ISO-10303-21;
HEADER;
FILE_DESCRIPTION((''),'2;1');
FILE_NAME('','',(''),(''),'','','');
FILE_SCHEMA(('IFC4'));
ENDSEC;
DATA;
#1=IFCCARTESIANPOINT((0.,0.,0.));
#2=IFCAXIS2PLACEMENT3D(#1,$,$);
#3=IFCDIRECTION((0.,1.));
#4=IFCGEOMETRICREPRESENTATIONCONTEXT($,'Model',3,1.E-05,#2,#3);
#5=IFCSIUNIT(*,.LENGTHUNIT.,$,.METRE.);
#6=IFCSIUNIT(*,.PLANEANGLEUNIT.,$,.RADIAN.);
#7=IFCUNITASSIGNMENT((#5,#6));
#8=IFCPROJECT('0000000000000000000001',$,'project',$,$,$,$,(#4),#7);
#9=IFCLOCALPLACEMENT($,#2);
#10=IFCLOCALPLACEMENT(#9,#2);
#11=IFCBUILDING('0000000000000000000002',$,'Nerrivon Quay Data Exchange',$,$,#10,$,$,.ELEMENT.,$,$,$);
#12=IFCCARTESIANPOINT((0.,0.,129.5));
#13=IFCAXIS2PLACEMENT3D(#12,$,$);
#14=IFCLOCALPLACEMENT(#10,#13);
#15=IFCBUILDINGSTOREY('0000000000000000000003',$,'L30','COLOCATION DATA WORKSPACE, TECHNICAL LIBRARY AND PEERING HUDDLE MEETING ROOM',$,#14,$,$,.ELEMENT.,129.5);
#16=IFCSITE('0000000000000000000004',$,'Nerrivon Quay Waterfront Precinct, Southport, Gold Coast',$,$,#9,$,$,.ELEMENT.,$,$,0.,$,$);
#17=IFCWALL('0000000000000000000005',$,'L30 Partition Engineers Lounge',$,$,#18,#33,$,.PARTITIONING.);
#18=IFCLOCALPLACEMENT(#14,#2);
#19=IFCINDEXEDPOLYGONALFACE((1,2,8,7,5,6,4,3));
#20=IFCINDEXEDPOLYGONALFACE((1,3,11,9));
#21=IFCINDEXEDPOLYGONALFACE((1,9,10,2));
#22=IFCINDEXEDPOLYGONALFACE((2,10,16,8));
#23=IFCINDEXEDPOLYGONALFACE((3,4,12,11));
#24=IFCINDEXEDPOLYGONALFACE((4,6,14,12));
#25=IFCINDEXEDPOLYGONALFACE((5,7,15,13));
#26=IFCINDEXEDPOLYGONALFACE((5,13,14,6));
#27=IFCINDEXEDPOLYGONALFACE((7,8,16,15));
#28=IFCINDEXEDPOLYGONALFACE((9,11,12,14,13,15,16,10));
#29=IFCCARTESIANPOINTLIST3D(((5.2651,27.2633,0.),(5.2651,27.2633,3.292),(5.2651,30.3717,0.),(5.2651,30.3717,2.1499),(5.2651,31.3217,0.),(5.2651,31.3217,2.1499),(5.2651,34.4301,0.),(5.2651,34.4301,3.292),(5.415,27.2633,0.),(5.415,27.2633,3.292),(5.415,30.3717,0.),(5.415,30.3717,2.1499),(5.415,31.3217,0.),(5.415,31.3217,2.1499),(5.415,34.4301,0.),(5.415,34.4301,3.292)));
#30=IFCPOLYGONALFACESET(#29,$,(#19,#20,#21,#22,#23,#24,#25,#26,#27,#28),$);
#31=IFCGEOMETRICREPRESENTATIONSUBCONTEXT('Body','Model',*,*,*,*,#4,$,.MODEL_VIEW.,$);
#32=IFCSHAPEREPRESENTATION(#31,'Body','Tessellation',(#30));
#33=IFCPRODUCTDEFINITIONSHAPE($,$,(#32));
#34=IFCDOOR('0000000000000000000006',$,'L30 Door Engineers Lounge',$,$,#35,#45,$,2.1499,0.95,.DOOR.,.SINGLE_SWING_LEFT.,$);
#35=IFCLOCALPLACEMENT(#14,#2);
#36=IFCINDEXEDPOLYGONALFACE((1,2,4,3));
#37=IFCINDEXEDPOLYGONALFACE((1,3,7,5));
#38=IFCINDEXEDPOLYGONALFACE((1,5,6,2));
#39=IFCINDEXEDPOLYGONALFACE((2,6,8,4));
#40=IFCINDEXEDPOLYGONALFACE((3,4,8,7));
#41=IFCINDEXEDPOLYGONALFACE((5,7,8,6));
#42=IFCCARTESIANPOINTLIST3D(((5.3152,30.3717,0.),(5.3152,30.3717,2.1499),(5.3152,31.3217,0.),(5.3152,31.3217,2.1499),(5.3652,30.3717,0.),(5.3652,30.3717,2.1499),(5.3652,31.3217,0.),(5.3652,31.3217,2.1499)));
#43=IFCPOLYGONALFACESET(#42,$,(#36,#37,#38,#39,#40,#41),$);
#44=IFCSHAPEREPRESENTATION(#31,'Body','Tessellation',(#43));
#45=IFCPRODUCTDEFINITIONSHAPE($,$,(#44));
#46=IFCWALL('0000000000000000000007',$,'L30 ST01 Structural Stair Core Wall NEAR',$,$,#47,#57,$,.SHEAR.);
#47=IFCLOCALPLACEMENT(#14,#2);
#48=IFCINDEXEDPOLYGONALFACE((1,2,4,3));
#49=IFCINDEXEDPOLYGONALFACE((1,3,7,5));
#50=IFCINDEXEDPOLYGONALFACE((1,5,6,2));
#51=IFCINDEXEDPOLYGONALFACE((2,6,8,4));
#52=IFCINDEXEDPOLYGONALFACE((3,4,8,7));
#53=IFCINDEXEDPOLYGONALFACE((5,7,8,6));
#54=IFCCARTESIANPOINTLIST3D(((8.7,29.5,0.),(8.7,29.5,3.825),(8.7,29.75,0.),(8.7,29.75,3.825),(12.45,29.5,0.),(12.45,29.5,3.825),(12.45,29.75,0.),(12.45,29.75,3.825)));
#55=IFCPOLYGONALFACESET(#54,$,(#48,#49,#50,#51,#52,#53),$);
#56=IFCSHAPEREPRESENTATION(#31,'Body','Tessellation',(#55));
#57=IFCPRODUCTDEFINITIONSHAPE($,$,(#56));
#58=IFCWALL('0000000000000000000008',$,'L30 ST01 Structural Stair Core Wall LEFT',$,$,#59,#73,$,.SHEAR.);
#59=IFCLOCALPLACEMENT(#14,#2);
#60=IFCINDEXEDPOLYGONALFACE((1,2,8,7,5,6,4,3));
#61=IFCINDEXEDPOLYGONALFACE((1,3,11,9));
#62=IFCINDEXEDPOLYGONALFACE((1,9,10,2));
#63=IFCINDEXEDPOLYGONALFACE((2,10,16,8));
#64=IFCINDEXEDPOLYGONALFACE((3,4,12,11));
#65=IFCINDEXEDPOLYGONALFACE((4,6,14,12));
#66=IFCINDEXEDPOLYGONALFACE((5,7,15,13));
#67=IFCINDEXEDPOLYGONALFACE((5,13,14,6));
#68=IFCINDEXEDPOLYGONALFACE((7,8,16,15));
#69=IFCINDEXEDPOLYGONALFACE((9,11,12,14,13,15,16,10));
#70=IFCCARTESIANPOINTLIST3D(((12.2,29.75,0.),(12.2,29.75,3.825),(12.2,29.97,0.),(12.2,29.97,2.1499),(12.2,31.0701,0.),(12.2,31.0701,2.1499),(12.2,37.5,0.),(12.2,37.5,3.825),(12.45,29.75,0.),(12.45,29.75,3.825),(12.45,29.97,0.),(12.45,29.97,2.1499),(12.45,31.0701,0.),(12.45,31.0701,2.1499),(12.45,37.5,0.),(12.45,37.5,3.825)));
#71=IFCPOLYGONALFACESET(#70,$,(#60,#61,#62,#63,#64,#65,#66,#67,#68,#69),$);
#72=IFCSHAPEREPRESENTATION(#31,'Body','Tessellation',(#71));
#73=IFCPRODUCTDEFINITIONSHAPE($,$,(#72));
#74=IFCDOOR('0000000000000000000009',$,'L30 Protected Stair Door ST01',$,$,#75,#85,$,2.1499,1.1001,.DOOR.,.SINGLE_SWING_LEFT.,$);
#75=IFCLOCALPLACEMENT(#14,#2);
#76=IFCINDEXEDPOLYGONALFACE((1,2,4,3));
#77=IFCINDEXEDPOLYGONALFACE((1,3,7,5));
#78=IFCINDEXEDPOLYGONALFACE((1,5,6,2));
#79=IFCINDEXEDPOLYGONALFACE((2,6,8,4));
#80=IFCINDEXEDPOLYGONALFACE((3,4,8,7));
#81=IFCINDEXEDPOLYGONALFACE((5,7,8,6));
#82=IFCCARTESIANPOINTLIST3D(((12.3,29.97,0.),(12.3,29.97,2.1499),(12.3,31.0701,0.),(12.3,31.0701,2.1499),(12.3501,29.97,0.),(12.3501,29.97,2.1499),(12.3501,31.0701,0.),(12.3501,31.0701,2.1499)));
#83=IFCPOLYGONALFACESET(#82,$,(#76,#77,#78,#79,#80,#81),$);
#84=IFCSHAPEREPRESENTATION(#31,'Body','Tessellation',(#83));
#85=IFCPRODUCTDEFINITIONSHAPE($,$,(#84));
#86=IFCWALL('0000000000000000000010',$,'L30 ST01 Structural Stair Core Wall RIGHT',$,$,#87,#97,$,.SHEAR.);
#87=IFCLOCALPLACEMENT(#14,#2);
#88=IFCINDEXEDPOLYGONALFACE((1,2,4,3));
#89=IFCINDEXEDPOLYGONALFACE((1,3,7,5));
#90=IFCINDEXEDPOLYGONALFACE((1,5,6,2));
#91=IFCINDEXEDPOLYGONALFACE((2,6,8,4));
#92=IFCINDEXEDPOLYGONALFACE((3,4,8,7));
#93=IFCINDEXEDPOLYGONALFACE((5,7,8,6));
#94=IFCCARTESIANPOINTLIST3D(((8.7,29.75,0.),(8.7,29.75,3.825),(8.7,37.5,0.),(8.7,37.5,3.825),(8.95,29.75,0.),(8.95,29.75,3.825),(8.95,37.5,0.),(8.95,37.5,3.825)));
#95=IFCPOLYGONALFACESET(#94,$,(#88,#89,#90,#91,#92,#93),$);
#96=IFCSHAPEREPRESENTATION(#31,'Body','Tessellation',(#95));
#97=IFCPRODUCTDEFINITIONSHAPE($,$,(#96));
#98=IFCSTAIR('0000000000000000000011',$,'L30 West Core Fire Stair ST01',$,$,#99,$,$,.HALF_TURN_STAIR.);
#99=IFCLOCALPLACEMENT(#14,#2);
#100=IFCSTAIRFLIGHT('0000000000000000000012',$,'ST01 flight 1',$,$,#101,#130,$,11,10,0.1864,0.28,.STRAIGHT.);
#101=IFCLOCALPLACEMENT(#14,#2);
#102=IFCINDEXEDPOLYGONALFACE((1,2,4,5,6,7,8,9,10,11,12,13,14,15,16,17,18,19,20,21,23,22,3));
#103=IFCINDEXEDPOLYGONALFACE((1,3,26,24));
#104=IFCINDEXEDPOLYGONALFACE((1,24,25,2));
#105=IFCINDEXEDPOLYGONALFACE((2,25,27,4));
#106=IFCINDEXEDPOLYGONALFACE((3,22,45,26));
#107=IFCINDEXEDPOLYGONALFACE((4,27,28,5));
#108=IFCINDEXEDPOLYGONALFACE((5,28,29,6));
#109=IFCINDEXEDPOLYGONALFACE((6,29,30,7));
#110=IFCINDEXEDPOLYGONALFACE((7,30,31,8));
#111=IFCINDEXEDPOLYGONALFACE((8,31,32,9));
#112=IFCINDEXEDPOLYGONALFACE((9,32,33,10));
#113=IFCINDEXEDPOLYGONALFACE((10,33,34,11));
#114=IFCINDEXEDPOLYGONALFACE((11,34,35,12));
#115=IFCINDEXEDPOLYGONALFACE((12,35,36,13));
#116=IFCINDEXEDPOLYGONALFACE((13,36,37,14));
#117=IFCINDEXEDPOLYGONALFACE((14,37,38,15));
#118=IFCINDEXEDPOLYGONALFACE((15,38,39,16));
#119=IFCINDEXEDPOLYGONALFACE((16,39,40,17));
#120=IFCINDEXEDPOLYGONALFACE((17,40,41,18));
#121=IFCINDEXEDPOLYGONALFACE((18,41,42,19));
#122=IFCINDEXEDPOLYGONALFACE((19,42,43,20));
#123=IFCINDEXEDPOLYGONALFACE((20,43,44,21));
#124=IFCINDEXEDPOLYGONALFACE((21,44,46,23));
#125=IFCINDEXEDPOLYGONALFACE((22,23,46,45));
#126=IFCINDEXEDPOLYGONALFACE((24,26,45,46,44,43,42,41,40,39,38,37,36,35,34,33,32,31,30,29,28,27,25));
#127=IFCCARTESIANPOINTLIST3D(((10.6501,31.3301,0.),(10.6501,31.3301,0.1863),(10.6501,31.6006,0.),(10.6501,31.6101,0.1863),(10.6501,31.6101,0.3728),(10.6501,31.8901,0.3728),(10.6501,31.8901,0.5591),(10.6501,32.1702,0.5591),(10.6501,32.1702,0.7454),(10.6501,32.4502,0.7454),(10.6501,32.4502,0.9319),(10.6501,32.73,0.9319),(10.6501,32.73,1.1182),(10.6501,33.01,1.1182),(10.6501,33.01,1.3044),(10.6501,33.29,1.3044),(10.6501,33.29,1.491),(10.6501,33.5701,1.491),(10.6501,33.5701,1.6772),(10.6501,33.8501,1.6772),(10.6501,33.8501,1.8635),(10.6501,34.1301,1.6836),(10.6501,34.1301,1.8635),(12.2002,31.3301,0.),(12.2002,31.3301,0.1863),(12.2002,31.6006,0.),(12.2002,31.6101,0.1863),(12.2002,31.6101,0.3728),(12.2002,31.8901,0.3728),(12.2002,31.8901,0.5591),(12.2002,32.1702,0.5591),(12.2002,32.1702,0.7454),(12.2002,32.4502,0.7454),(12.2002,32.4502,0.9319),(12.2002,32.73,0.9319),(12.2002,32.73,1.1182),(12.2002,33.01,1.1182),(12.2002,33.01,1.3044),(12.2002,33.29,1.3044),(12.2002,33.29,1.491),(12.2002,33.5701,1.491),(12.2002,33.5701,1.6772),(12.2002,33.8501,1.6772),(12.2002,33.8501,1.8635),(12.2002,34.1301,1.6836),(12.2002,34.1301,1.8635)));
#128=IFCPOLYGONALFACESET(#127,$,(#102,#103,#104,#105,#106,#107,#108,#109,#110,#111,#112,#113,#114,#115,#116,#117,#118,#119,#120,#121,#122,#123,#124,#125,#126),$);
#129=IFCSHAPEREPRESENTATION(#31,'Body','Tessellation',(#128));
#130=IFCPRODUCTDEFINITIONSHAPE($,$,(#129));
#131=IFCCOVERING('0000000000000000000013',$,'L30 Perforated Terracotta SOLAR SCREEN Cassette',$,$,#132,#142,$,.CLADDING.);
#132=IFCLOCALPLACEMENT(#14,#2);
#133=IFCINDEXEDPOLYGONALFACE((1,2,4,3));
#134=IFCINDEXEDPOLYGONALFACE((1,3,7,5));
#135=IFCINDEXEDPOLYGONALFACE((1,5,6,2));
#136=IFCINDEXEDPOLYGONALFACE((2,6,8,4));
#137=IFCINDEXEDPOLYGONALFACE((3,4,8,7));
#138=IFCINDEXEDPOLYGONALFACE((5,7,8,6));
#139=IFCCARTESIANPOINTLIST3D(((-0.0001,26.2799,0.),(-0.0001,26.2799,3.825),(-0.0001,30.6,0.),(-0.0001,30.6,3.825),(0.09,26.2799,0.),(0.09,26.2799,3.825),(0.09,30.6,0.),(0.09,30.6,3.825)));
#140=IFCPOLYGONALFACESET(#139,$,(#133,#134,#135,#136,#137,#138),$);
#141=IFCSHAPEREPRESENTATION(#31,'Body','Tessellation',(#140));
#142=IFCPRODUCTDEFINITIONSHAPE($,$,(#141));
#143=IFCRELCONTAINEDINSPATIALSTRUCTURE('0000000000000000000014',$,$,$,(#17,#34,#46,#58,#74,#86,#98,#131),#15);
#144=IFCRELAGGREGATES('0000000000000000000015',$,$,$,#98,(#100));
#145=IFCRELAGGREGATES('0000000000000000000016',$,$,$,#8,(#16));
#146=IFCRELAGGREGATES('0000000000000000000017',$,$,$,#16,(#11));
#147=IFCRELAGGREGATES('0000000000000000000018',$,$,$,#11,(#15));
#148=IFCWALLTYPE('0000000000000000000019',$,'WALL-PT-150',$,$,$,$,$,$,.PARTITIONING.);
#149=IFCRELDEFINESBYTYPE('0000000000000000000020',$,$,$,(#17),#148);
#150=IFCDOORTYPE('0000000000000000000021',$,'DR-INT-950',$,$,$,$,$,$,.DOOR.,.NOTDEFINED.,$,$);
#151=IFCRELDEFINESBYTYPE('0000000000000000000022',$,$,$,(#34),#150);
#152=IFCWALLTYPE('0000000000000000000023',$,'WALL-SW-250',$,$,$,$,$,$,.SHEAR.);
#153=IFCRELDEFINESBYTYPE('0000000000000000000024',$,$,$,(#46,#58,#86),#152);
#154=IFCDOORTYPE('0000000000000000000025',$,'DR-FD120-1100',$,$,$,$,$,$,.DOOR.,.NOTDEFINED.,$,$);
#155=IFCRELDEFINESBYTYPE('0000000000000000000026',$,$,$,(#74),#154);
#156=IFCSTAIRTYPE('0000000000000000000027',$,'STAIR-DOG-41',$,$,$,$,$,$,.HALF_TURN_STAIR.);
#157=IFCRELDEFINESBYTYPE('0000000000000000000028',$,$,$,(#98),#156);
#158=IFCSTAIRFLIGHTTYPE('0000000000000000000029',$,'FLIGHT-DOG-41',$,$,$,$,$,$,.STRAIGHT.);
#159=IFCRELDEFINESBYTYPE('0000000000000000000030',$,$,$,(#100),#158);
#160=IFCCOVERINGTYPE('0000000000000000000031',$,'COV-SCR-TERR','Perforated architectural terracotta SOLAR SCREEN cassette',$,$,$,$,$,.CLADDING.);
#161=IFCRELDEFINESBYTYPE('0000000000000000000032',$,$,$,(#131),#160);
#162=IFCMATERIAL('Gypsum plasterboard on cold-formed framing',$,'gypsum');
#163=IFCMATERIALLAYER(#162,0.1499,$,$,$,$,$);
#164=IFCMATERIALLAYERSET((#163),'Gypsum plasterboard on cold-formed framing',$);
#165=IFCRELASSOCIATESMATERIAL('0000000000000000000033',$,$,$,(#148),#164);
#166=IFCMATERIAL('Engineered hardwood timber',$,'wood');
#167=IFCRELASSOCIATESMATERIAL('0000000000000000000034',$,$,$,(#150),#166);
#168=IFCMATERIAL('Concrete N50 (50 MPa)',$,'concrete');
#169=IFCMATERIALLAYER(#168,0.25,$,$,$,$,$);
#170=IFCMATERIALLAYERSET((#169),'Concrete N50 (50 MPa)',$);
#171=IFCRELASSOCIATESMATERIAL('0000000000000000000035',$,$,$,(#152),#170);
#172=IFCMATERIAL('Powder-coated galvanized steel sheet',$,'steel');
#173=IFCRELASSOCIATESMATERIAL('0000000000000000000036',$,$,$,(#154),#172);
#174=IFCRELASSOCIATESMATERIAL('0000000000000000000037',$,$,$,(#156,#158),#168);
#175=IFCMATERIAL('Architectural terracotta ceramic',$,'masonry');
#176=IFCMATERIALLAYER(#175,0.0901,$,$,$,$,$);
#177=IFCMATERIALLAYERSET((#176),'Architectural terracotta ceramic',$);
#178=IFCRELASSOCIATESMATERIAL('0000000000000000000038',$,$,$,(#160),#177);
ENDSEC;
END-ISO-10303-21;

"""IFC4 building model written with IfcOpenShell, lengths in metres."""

from ifc_helpers import new_model, si_unit, direction, frame, frame_2d, origin, origin_2d, place, context, subcontext, project, spatial, polyline, rectangle, outline, extrude, material, layer, layer_set, type_object, element, fill, aggregate, save


model = new_model("IFC4")

# Units and contexts
model_context = context("Model", 3, precision=1e-05, world=origin(), true_north=direction((0.0, 1.0)))
body_context = subcontext(model_context, "Body", "Model", "MODEL_VIEW")
ifc_project = project(units=[si_unit("LENGTHUNIT", "METRE"), si_unit("PLANEANGLEUNIT", "RADIAN")], contexts=[model_context])

# Site, building, storey
site_placement = place(None, origin())
site = spatial("IfcSite", under=ifc_project, at=site_placement, Name="Nerrivon Quay Waterfront Precinct, Southport, Gold Coast", CompositionType="ELEMENT", RefElevation=0.0)
building_placement = place(site_placement, origin())
building = spatial("IfcBuilding", under=site, at=building_placement, Name="Nerrivon Quay Data Exchange", CompositionType="ELEMENT")
storey_placement = place(building_placement, frame((0.0, 0.0, 129.5)))
storey = spatial("IfcBuildingStorey", under=building, at=storey_placement, Name="L30", Description="COLOCATION DATA WORKSPACE, TECHNICAL LIBRARY AND PEERING HUDDLE MEETING ROOM", CompositionType="ELEMENT", Elevation=129.5)

# Shared definitions
ifc_material_1 = material(Name="Gypsum plasterboard on cold-formed framing", Category="gypsum")
ifc_material_2 = material(Name="Powder-coated galvanized steel sheet", Category="steel")

# Wall, opening, door
ifc_material_3 = material(Name="Engineered hardwood timber", Category="wood")
ifc_layer_1 = layer(ifc_material_1, 0.1499)
ifc_layer_set_1 = layer_set([ifc_layer_1], Name="Gypsum plasterboard on cold-formed framing")
wall_type_1 = type_object("IfcWallType", Name="WALL-PT-150", PredefinedType="PARTITIONING", material=ifc_layer_set_1)
wall_1_placement = place(storey_placement, frame((5.3401, 27.2632, 0.0), z_axis=(0.0, 0.0, 1.0), x_axis=(0.0, 1.0, 0.0)))
wall_1 = element("IfcWall", 1, at=wall_1_placement, inside=storey, type_object=wall_type_1, Name="L30 Partition Engineers Lounge", PredefinedType="PARTITIONING", context=body_context, shape_type="SweptSolid", body=[
    extrude(rectangle(XDim=7.1667, YDim=0.1499, at=frame_2d((3.5835, 0.0))), origin(), (0.0, 0.0, 1.0), 3.292),
])
opening_1_placement = place(wall_1_placement, frame((3.1084, 0.0, 0.0)))
opening_1 = element("IfcOpeningElement", 2, at=opening_1_placement, cuts=wall_1, PredefinedType="OPENING", context=body_context, shape_type="SweptSolid", body=[
    extrude(rectangle(XDim=0.95, YDim=2.1499, at=frame_2d((0.4751, 1.075))), frame((0.0, 0.085, 0.0), z_axis=(0.0, -1.0, 0.0), x_axis=(1.0, 0.0, 0.0)), (0.0, 0.0, 1.0), 0.1699),
])
door_type_1 = type_object("IfcDoorType", Name="DR-INT-950", OperationType="NOTDEFINED", PredefinedType="DOOR", material=ifc_material_3)
door_1_placement = place(opening_1_placement, origin())
door_1 = element("IfcDoor", 3, at=door_1_placement, inside=storey, type_object=door_type_1, Name="L30 Door Engineers Lounge", OperationType="SINGLE_SWING_LEFT", OverallHeight=2.1499, OverallWidth=0.95, PredefinedType="DOOR", context=body_context, shape_type="SweptSolid", body=[
    extrude(rectangle(XDim=0.95, YDim=2.1499, at=frame_2d((0.4751, 1.075))), frame((0.0, 0.0249, 0.0), z_axis=(0.0, -1.0, 0.0), x_axis=(1.0, 0.0, 0.0)), (0.0, 0.0, 1.0), 0.05),
])
fill(opening_1, door_1)

# Wall
ifc_material_4 = material(Name="Concrete N50 (50 MPa)", Category="concrete")
ifc_layer_2 = layer(ifc_material_4, 0.25)
ifc_layer_set_2 = layer_set([ifc_layer_2], Name="Concrete N50 (50 MPa)")
wall_type_2 = type_object("IfcWallType", Name="WALL-SW-250", PredefinedType="SHEAR", material=ifc_layer_set_2)
wall_2_placement = place(storey_placement, frame((12.45, 29.625, 0.0), z_axis=(0.0, 0.0, 1.0), x_axis=(-1.0, 0.0, 0.0)))
element("IfcWall", 4, at=wall_2_placement, inside=storey, type_object=wall_type_2, Name="L30 ST01 Structural Stair Core Wall NEAR", PredefinedType="SHEAR", context=body_context, shape_type="SweptSolid", body=[
    extrude(rectangle(XDim=3.75, YDim=0.25, at=frame_2d((1.875, 0.0))), origin(), (0.0, 0.0, 1.0), 3.825),
])

# Wall, opening, door
wall_3_placement = place(storey_placement, frame((12.325, 29.75, 0.0), z_axis=(0.0, 0.0, 1.0), x_axis=(0.0, 1.0, 0.0)))
wall_3 = element("IfcWall", 5, at=wall_3_placement, inside=storey, type_object=wall_type_2, Name="L30 ST01 Structural Stair Core Wall LEFT", PredefinedType="SHEAR", context=body_context, shape_type="SweptSolid", body=[
    extrude(rectangle(XDim=7.75, YDim=0.25, at=frame_2d((3.875, 0.0))), origin(), (0.0, 0.0, 1.0), 3.825),
])
opening_2_placement = place(wall_3_placement, frame((0.22, 0.0, 0.0)))
opening_2 = element("IfcOpeningElement", 6, at=opening_2_placement, cuts=wall_3, PredefinedType="OPENING", context=body_context, shape_type="SweptSolid", body=[
    extrude(rectangle(XDim=1.1001, YDim=2.1499, at=frame_2d((0.55, 1.075))), frame((0.0, 0.135, 0.0), z_axis=(0.0, -1.0, 0.0), x_axis=(1.0, 0.0, 0.0)), (0.0, 0.0, 1.0), 0.27),
])
door_type_2 = type_object("IfcDoorType", Name="DR-FD120-1100", OperationType="NOTDEFINED", PredefinedType="DOOR", material=ifc_material_2)
door_2_placement = place(opening_2_placement, origin())
door_2 = element("IfcDoor", 7, at=door_2_placement, inside=storey, type_object=door_type_2, Name="L30 Protected Stair Door ST01", OperationType="SINGLE_SWING_LEFT", OverallHeight=2.1499, OverallWidth=1.1001, PredefinedType="DOOR", context=body_context, shape_type="SweptSolid", body=[
    extrude(rectangle(XDim=1.1001, YDim=2.1499, at=frame_2d((0.55, 1.075))), frame((0.0, 0.0249, 0.0), z_axis=(0.0, -1.0, 0.0), x_axis=(1.0, 0.0, 0.0)), (0.0, 0.0, 1.0), 0.05),
])
fill(opening_2, door_2)

# Wall
wall_4_placement = place(storey_placement, frame((8.825, 29.75, 0.0), z_axis=(0.0, 0.0, 1.0), x_axis=(0.0, 1.0, 0.0)))
element("IfcWall", 8, at=wall_4_placement, inside=storey, type_object=wall_type_2, Name="L30 ST01 Structural Stair Core Wall RIGHT", PredefinedType="SHEAR", context=body_context, shape_type="SweptSolid", body=[
    extrude(rectangle(XDim=7.75, YDim=0.25, at=frame_2d((3.875, 0.0))), origin(), (0.0, 0.0, 1.0), 3.825),
])

# Stair, stair flight
stair_type = type_object("IfcStairType", Name="STAIR-DOG-41", PredefinedType="HALF_TURN_STAIR", material=ifc_material_4)
stair_placement = place(storey_placement, origin())
stair = element("IfcStair", 9, at=stair_placement, inside=storey, type_object=stair_type, Name="L30 West Core Fire Stair ST01", PredefinedType="HALF_TURN_STAIR")
stair_flight_type = type_object("IfcStairFlightType", Name="FLIGHT-DOG-41", PredefinedType="STRAIGHT", material=ifc_material_4)
stair_flight_placement = place(storey_placement, frame((11.425, 31.3301, 0.0), z_axis=(0.0, 0.0, 1.0), x_axis=(0.0, 1.0, 0.0)))
stair_flight = element("IfcStairFlight", 10, at=stair_flight_placement, type_object=stair_flight_type, Name="ST01 flight 1", NumberOfRisers=11, NumberOfTreads=10, PredefinedType="STRAIGHT", RiserHeight=0.1864, TreadLength=0.28, context=body_context, shape_type="SweptSolid", body=[
    extrude(outline(polyline([(0.0, 0.0), (0.0, 0.1863), (0.28, 0.1863), (0.28, 0.3728), (0.5601, 0.3728), (0.5601, 0.5591), (0.8401, 0.5591), (0.8401, 0.7454), (1.1201, 0.7454), (1.1201, 0.9319), (1.3999, 0.9319), (1.3999, 1.1182), (1.6799, 1.1182), (1.6799, 1.3044), (1.96, 1.3044), (1.96, 1.491), (2.24, 1.491), (2.24, 1.6772), (2.52, 1.6772), (2.52, 1.8635), (2.8, 1.8635), (2.8, 2.05), (2.8, 1.6836), (0.2705, 0.0), (0.0, 0.0)])), frame((0.0, 0.7749, 0.0), z_axis=(0.0, -1.0, 0.0), x_axis=(1.0, 0.0, 0.0)), (0.0, 0.0, 1.0), 1.55),
])
aggregate(stair, [stair_flight])

# Covering
ifc_material_5 = material(Name="Architectural terracotta ceramic", Category="masonry")
ifc_layer_3 = layer(ifc_material_5, 0.0901)
ifc_layer_set_3 = layer_set([ifc_layer_3], Name="Architectural terracotta ceramic")
covering_type = type_object("IfcCoveringType", Name="COV-SCR-TERR", Description="Perforated architectural terracotta SOLAR SCREEN cassette", PredefinedType="CLADDING", material=ifc_layer_set_3)
covering_placement = place(storey_placement, frame((0.0449, 28.4399, 0.0), z_axis=(0.0, 0.0, 1.0), x_axis=(0.0, 1.0, 0.0)))
element("IfcCovering", 11, at=covering_placement, inside=storey, type_object=covering_type, Name="L30 Perforated Terracotta SOLAR SCREEN Cassette", PredefinedType="CLADDING", context=body_context, shape_type="SweptSolid", body=[
    extrude(rectangle(XDim=4.3201, YDim=0.0901, at=origin_2d()), origin(), (0.0, 0.0, 1.0), 3.825),
])

save(model, "model.ifc")
